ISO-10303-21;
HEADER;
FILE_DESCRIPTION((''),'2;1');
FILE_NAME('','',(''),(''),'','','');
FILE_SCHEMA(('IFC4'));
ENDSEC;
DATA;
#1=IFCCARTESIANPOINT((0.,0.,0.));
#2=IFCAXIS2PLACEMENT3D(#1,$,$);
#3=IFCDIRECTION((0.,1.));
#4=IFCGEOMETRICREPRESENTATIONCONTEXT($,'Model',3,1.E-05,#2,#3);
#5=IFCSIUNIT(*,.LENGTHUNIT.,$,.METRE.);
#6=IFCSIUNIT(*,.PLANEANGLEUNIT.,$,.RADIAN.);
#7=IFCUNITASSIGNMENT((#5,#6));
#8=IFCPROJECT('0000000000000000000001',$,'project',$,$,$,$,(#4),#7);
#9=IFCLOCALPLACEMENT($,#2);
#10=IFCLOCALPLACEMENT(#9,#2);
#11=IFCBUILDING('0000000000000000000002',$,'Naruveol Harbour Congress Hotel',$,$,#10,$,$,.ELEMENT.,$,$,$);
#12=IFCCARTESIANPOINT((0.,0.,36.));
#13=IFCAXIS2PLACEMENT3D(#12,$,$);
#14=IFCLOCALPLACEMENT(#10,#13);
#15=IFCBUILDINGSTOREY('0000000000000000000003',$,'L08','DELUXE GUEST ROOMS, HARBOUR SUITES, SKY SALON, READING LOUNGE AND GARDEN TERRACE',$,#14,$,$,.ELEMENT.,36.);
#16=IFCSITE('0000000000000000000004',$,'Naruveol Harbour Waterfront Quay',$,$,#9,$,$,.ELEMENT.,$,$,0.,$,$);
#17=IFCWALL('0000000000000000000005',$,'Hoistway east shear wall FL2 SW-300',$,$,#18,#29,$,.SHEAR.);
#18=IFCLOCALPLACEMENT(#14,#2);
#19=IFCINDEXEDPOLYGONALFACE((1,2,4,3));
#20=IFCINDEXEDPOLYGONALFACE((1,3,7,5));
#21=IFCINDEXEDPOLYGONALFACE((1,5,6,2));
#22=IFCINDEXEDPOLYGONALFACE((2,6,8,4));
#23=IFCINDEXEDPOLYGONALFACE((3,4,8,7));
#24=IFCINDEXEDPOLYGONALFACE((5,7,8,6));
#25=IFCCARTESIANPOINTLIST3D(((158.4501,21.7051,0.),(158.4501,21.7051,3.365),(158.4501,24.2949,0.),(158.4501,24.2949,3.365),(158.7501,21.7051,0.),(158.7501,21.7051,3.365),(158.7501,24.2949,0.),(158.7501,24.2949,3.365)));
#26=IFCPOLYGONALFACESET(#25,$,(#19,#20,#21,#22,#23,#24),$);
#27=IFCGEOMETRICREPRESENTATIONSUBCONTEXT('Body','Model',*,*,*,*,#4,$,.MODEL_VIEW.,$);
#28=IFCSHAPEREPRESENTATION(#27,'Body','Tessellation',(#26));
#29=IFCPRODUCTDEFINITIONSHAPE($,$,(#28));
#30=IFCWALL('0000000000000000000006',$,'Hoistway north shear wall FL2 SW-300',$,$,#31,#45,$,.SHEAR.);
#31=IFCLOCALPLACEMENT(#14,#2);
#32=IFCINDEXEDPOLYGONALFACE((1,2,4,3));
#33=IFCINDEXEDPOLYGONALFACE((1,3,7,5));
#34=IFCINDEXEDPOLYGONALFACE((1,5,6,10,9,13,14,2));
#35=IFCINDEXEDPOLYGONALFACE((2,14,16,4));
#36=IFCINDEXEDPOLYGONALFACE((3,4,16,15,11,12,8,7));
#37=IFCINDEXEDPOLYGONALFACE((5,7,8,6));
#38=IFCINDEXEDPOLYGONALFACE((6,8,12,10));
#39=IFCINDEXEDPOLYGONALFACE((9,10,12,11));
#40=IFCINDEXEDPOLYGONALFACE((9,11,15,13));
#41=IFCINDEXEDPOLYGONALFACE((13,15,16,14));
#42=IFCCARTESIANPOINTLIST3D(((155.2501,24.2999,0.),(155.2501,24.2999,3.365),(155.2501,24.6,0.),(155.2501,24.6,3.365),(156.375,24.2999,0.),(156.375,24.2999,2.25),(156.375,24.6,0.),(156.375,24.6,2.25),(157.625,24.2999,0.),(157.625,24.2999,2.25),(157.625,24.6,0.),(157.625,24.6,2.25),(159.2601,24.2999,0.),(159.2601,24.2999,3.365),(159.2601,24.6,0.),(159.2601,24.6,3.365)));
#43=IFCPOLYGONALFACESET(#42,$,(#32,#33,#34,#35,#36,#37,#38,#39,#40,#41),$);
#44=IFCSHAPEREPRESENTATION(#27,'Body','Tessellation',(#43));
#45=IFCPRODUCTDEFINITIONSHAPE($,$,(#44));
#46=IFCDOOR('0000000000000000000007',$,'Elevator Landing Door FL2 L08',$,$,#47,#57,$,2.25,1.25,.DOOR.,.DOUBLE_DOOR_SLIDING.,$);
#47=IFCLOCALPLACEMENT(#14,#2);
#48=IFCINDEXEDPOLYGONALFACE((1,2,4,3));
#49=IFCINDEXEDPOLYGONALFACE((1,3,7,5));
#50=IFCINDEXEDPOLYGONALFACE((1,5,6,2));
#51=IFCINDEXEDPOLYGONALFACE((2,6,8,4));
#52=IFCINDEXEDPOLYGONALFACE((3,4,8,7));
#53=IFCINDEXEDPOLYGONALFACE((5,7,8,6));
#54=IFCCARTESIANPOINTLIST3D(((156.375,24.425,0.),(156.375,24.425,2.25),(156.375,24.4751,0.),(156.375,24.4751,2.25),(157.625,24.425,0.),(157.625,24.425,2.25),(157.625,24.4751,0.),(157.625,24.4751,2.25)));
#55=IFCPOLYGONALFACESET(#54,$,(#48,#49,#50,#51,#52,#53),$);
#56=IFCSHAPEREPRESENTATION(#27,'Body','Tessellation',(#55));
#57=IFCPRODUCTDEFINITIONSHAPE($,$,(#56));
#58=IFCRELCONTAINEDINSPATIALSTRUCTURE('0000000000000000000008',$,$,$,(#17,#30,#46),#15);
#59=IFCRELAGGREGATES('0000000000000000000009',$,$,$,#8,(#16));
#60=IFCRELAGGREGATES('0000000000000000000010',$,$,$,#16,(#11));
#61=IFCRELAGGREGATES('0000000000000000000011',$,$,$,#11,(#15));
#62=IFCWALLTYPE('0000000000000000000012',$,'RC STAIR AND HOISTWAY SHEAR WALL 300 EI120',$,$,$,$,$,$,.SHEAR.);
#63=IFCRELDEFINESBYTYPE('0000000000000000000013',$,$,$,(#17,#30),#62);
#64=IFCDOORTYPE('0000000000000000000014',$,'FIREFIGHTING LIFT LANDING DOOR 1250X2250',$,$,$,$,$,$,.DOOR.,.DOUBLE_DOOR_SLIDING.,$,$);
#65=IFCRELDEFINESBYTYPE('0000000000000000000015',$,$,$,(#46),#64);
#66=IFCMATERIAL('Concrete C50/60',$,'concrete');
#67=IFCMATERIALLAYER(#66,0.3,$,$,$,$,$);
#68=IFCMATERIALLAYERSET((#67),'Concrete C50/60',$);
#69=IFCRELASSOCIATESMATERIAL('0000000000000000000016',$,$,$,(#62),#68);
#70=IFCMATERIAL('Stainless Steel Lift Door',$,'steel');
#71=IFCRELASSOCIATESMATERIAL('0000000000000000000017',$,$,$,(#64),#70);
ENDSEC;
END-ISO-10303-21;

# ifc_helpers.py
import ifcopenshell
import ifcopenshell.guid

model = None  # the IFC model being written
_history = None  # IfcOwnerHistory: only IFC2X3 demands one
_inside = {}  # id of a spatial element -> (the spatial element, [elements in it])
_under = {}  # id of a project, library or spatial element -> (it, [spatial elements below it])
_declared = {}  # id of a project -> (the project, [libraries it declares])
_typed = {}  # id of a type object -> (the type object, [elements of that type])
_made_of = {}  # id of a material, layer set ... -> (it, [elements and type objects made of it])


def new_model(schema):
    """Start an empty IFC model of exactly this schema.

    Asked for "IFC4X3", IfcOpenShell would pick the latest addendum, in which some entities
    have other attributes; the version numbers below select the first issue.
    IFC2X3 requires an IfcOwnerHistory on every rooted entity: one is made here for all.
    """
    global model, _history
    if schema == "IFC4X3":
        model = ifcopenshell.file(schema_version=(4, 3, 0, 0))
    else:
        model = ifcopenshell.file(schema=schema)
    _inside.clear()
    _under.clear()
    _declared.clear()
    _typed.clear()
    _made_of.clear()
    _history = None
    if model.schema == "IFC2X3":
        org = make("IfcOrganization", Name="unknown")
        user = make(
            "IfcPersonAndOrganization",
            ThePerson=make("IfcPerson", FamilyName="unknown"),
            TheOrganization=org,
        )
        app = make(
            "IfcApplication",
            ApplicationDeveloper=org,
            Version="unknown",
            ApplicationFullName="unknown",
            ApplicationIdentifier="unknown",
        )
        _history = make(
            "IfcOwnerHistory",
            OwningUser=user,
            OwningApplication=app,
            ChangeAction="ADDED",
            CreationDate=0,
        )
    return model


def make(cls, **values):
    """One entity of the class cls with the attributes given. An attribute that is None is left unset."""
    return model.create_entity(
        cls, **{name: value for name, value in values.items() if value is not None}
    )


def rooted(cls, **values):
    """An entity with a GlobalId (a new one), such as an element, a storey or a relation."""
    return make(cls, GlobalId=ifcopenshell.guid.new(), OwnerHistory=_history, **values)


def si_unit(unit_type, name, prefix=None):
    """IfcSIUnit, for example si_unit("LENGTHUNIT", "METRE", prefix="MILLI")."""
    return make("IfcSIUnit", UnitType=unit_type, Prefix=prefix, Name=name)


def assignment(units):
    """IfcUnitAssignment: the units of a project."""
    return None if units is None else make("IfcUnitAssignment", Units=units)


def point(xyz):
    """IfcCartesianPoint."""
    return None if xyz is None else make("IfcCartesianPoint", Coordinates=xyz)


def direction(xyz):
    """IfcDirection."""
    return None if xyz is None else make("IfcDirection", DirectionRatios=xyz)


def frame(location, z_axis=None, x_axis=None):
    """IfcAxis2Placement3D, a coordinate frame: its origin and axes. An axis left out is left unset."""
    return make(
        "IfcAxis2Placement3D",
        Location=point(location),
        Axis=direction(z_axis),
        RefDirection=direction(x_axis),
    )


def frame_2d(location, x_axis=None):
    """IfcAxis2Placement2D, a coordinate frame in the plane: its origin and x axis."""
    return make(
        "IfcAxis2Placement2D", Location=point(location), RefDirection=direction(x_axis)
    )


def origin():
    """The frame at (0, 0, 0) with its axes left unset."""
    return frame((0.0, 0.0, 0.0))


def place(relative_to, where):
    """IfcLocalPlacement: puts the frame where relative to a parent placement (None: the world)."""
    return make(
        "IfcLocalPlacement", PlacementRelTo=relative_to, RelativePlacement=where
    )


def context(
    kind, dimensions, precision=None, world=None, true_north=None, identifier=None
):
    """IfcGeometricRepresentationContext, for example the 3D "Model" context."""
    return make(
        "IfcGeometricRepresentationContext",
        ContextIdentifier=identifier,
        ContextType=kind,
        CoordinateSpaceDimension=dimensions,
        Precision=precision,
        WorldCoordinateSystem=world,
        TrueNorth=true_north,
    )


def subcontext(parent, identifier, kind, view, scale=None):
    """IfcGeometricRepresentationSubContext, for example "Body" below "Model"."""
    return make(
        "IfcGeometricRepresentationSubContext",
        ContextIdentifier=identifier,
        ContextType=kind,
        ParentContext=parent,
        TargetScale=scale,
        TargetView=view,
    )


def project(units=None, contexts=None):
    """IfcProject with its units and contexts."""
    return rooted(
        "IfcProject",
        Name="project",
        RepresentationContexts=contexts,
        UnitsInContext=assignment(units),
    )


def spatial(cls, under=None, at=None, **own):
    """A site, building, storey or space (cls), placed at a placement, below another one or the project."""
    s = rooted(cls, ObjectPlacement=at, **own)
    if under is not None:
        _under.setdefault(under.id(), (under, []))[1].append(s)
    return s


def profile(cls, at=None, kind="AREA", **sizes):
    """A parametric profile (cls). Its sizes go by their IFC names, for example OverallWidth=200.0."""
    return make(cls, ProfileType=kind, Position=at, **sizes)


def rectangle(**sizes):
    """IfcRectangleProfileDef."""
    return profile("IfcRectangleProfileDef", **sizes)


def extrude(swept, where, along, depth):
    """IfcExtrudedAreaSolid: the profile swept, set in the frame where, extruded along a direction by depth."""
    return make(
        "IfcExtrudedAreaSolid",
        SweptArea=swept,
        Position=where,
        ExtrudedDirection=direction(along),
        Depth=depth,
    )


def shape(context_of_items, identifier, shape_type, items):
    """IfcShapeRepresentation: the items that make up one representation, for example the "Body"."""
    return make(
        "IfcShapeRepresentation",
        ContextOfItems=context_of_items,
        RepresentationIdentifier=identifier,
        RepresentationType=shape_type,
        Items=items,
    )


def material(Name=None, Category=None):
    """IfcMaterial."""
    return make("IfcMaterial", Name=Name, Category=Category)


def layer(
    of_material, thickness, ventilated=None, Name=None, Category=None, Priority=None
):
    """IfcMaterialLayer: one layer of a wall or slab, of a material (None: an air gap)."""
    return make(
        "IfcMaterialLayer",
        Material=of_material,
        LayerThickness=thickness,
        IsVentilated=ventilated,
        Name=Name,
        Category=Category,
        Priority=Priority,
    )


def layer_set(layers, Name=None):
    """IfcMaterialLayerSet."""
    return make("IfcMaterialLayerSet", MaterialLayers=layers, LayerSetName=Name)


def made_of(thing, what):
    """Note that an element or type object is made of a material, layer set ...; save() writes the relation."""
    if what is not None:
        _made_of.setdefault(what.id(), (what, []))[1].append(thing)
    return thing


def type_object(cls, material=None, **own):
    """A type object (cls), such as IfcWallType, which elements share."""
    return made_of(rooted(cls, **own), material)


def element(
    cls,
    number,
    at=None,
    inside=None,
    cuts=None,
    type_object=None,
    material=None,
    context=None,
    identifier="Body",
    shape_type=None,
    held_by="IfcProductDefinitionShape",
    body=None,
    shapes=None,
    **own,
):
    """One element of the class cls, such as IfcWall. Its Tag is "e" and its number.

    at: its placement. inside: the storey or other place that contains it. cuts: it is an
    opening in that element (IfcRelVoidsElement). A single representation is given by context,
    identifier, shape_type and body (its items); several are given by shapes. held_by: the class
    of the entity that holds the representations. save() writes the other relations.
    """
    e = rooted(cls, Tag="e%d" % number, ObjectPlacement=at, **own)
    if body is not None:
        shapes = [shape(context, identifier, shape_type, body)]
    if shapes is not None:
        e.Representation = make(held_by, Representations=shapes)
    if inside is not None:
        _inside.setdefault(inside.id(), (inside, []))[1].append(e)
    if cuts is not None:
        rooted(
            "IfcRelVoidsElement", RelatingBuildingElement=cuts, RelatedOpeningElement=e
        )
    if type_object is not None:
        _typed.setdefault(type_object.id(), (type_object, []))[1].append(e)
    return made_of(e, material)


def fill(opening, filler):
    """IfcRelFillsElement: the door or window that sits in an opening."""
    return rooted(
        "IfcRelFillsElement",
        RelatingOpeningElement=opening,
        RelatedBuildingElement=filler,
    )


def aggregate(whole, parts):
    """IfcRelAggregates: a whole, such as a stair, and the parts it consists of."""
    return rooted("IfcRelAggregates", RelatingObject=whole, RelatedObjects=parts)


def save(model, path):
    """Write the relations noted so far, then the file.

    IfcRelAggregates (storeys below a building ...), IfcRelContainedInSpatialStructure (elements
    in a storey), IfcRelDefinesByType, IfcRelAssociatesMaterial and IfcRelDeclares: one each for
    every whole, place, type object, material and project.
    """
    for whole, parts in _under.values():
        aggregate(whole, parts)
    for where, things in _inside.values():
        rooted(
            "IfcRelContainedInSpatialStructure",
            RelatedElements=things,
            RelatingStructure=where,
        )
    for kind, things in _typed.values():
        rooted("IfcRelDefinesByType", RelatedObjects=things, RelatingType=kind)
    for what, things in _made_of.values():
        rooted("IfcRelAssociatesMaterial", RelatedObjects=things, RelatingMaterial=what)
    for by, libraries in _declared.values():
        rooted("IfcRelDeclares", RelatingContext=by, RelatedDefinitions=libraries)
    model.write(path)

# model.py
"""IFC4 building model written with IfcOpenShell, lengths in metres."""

from ifc_helpers import new_model, si_unit, direction, frame, frame_2d, origin, place, context, subcontext, project, spatial, rectangle, extrude, material, layer, layer_set, type_object, element, fill, save


model = new_model("IFC4")

# Units and contexts
model_context = context("Model", 3, precision=1e-05, world=origin(), true_north=direction((0.0, 1.0)))
body_context = subcontext(model_context, "Body", "Model", "MODEL_VIEW")
ifc_project = project(units=[si_unit("LENGTHUNIT", "METRE"), si_unit("PLANEANGLEUNIT", "RADIAN")], contexts=[model_context])

# Site, building, storey
site_placement = place(None, origin())
site = spatial("IfcSite", under=ifc_project, at=site_placement, Name="Naruveol Harbour Waterfront Quay", CompositionType="ELEMENT", RefElevation=0.0)
building_placement = place(site_placement, origin())
building = spatial("IfcBuilding", under=site, at=building_placement, Name="Naruveol Harbour Congress Hotel", CompositionType="ELEMENT")
storey_placement = place(building_placement, frame((0.0, 0.0, 36.0)))
storey = spatial("IfcBuildingStorey", under=building, at=storey_placement, Name="L08", Description="DELUXE GUEST ROOMS, HARBOUR SUITES, SKY SALON, READING LOUNGE AND GARDEN TERRACE", CompositionType="ELEMENT", Elevation=36.0)

# Wall
ifc_material_1 = material(Name="Concrete C50/60", Category="concrete")
ifc_layer_1 = layer(ifc_material_1, 0.3)
ifc_layer_set_1 = layer_set([ifc_layer_1], Name="Concrete C50/60")
wall_type_1 = type_object("IfcWallType", Name="RC STAIR AND HOISTWAY SHEAR WALL 300 EI120", PredefinedType="SHEAR", material=ifc_layer_set_1)
wall_1_placement = place(storey_placement, frame((158.6001, 21.7051, 0.0), z_axis=(0.0, 0.0, 1.0), x_axis=(0.0, 1.0, 0.0)))
element("IfcWall", 1, at=wall_1_placement, inside=storey, type_object=wall_type_1, Name="Hoistway east shear wall FL2 SW-300", PredefinedType="SHEAR", context=body_context, shape_type="SweptSolid", body=[
    extrude(rectangle(XDim=2.5898, YDim=0.3, at=frame_2d((1.2949, 0.0))), origin(), (0.0, 0.0, 1.0), 3.365),
])

# Wall, opening, door
wall_2_placement = place(storey_placement, frame((159.26, 24.45, 0.0), z_axis=(0.0, 0.0, 1.0), x_axis=(-1.0, 0.0, 0.0)))
wall_2 = element("IfcWall", 2, at=wall_2_placement, inside=storey, type_object=wall_type_1, Name="Hoistway north shear wall FL2 SW-300", PredefinedType="SHEAR", context=body_context, shape_type="SweptSolid", body=[
    extrude(rectangle(XDim=4.01, YDim=0.3, at=frame_2d((2.0049, 0.0))), origin(), (0.0, 0.0, 1.0), 3.365),
])
opening_1_placement = place(wall_2_placement, frame((1.635, 0.0, 0.0)))
opening_1 = element("IfcOpeningElement", 3, at=opening_1_placement, cuts=wall_2, PredefinedType="OPENING", context=body_context, shape_type="SweptSolid", body=[
    extrude(rectangle(XDim=1.25, YDim=2.25, at=frame_2d((0.625, 1.125))), frame((0.0, 0.1599, 0.0), z_axis=(0.0, -1.0, 0.0), x_axis=(1.0, 0.0, 0.0)), (0.0, 0.0, 1.0), 0.3201),
])
ifc_material_2 = material(Name="Stainless Steel Lift Door", Category="steel")
door_type_1 = type_object("IfcDoorType", Name="FIREFIGHTING LIFT LANDING DOOR 1250X2250", OperationType="DOUBLE_DOOR_SLIDING", PredefinedType="DOOR", material=ifc_material_2)
door_1_placement = place(opening_1_placement, origin())
door_1 = element("IfcDoor", 4, at=door_1_placement, inside=storey, type_object=door_type_1, Name="Elevator Landing Door FL2 L08", OperationType="DOUBLE_DOOR_SLIDING", OverallHeight=2.25, OverallWidth=1.25, PredefinedType="DOOR", context=body_context, shape_type="SweptSolid", body=[
    extrude(rectangle(XDim=1.25, YDim=2.25, at=frame_2d((0.625, 1.125))), frame((0.0, 0.0249, 0.0), z_axis=(0.0, -1.0, 0.0), x_axis=(1.0, 0.0, 0.0)), (0.0, 0.0, 1.0), 0.05),
])
fill(opening_1, door_1)

save(model, "model.ifc")
